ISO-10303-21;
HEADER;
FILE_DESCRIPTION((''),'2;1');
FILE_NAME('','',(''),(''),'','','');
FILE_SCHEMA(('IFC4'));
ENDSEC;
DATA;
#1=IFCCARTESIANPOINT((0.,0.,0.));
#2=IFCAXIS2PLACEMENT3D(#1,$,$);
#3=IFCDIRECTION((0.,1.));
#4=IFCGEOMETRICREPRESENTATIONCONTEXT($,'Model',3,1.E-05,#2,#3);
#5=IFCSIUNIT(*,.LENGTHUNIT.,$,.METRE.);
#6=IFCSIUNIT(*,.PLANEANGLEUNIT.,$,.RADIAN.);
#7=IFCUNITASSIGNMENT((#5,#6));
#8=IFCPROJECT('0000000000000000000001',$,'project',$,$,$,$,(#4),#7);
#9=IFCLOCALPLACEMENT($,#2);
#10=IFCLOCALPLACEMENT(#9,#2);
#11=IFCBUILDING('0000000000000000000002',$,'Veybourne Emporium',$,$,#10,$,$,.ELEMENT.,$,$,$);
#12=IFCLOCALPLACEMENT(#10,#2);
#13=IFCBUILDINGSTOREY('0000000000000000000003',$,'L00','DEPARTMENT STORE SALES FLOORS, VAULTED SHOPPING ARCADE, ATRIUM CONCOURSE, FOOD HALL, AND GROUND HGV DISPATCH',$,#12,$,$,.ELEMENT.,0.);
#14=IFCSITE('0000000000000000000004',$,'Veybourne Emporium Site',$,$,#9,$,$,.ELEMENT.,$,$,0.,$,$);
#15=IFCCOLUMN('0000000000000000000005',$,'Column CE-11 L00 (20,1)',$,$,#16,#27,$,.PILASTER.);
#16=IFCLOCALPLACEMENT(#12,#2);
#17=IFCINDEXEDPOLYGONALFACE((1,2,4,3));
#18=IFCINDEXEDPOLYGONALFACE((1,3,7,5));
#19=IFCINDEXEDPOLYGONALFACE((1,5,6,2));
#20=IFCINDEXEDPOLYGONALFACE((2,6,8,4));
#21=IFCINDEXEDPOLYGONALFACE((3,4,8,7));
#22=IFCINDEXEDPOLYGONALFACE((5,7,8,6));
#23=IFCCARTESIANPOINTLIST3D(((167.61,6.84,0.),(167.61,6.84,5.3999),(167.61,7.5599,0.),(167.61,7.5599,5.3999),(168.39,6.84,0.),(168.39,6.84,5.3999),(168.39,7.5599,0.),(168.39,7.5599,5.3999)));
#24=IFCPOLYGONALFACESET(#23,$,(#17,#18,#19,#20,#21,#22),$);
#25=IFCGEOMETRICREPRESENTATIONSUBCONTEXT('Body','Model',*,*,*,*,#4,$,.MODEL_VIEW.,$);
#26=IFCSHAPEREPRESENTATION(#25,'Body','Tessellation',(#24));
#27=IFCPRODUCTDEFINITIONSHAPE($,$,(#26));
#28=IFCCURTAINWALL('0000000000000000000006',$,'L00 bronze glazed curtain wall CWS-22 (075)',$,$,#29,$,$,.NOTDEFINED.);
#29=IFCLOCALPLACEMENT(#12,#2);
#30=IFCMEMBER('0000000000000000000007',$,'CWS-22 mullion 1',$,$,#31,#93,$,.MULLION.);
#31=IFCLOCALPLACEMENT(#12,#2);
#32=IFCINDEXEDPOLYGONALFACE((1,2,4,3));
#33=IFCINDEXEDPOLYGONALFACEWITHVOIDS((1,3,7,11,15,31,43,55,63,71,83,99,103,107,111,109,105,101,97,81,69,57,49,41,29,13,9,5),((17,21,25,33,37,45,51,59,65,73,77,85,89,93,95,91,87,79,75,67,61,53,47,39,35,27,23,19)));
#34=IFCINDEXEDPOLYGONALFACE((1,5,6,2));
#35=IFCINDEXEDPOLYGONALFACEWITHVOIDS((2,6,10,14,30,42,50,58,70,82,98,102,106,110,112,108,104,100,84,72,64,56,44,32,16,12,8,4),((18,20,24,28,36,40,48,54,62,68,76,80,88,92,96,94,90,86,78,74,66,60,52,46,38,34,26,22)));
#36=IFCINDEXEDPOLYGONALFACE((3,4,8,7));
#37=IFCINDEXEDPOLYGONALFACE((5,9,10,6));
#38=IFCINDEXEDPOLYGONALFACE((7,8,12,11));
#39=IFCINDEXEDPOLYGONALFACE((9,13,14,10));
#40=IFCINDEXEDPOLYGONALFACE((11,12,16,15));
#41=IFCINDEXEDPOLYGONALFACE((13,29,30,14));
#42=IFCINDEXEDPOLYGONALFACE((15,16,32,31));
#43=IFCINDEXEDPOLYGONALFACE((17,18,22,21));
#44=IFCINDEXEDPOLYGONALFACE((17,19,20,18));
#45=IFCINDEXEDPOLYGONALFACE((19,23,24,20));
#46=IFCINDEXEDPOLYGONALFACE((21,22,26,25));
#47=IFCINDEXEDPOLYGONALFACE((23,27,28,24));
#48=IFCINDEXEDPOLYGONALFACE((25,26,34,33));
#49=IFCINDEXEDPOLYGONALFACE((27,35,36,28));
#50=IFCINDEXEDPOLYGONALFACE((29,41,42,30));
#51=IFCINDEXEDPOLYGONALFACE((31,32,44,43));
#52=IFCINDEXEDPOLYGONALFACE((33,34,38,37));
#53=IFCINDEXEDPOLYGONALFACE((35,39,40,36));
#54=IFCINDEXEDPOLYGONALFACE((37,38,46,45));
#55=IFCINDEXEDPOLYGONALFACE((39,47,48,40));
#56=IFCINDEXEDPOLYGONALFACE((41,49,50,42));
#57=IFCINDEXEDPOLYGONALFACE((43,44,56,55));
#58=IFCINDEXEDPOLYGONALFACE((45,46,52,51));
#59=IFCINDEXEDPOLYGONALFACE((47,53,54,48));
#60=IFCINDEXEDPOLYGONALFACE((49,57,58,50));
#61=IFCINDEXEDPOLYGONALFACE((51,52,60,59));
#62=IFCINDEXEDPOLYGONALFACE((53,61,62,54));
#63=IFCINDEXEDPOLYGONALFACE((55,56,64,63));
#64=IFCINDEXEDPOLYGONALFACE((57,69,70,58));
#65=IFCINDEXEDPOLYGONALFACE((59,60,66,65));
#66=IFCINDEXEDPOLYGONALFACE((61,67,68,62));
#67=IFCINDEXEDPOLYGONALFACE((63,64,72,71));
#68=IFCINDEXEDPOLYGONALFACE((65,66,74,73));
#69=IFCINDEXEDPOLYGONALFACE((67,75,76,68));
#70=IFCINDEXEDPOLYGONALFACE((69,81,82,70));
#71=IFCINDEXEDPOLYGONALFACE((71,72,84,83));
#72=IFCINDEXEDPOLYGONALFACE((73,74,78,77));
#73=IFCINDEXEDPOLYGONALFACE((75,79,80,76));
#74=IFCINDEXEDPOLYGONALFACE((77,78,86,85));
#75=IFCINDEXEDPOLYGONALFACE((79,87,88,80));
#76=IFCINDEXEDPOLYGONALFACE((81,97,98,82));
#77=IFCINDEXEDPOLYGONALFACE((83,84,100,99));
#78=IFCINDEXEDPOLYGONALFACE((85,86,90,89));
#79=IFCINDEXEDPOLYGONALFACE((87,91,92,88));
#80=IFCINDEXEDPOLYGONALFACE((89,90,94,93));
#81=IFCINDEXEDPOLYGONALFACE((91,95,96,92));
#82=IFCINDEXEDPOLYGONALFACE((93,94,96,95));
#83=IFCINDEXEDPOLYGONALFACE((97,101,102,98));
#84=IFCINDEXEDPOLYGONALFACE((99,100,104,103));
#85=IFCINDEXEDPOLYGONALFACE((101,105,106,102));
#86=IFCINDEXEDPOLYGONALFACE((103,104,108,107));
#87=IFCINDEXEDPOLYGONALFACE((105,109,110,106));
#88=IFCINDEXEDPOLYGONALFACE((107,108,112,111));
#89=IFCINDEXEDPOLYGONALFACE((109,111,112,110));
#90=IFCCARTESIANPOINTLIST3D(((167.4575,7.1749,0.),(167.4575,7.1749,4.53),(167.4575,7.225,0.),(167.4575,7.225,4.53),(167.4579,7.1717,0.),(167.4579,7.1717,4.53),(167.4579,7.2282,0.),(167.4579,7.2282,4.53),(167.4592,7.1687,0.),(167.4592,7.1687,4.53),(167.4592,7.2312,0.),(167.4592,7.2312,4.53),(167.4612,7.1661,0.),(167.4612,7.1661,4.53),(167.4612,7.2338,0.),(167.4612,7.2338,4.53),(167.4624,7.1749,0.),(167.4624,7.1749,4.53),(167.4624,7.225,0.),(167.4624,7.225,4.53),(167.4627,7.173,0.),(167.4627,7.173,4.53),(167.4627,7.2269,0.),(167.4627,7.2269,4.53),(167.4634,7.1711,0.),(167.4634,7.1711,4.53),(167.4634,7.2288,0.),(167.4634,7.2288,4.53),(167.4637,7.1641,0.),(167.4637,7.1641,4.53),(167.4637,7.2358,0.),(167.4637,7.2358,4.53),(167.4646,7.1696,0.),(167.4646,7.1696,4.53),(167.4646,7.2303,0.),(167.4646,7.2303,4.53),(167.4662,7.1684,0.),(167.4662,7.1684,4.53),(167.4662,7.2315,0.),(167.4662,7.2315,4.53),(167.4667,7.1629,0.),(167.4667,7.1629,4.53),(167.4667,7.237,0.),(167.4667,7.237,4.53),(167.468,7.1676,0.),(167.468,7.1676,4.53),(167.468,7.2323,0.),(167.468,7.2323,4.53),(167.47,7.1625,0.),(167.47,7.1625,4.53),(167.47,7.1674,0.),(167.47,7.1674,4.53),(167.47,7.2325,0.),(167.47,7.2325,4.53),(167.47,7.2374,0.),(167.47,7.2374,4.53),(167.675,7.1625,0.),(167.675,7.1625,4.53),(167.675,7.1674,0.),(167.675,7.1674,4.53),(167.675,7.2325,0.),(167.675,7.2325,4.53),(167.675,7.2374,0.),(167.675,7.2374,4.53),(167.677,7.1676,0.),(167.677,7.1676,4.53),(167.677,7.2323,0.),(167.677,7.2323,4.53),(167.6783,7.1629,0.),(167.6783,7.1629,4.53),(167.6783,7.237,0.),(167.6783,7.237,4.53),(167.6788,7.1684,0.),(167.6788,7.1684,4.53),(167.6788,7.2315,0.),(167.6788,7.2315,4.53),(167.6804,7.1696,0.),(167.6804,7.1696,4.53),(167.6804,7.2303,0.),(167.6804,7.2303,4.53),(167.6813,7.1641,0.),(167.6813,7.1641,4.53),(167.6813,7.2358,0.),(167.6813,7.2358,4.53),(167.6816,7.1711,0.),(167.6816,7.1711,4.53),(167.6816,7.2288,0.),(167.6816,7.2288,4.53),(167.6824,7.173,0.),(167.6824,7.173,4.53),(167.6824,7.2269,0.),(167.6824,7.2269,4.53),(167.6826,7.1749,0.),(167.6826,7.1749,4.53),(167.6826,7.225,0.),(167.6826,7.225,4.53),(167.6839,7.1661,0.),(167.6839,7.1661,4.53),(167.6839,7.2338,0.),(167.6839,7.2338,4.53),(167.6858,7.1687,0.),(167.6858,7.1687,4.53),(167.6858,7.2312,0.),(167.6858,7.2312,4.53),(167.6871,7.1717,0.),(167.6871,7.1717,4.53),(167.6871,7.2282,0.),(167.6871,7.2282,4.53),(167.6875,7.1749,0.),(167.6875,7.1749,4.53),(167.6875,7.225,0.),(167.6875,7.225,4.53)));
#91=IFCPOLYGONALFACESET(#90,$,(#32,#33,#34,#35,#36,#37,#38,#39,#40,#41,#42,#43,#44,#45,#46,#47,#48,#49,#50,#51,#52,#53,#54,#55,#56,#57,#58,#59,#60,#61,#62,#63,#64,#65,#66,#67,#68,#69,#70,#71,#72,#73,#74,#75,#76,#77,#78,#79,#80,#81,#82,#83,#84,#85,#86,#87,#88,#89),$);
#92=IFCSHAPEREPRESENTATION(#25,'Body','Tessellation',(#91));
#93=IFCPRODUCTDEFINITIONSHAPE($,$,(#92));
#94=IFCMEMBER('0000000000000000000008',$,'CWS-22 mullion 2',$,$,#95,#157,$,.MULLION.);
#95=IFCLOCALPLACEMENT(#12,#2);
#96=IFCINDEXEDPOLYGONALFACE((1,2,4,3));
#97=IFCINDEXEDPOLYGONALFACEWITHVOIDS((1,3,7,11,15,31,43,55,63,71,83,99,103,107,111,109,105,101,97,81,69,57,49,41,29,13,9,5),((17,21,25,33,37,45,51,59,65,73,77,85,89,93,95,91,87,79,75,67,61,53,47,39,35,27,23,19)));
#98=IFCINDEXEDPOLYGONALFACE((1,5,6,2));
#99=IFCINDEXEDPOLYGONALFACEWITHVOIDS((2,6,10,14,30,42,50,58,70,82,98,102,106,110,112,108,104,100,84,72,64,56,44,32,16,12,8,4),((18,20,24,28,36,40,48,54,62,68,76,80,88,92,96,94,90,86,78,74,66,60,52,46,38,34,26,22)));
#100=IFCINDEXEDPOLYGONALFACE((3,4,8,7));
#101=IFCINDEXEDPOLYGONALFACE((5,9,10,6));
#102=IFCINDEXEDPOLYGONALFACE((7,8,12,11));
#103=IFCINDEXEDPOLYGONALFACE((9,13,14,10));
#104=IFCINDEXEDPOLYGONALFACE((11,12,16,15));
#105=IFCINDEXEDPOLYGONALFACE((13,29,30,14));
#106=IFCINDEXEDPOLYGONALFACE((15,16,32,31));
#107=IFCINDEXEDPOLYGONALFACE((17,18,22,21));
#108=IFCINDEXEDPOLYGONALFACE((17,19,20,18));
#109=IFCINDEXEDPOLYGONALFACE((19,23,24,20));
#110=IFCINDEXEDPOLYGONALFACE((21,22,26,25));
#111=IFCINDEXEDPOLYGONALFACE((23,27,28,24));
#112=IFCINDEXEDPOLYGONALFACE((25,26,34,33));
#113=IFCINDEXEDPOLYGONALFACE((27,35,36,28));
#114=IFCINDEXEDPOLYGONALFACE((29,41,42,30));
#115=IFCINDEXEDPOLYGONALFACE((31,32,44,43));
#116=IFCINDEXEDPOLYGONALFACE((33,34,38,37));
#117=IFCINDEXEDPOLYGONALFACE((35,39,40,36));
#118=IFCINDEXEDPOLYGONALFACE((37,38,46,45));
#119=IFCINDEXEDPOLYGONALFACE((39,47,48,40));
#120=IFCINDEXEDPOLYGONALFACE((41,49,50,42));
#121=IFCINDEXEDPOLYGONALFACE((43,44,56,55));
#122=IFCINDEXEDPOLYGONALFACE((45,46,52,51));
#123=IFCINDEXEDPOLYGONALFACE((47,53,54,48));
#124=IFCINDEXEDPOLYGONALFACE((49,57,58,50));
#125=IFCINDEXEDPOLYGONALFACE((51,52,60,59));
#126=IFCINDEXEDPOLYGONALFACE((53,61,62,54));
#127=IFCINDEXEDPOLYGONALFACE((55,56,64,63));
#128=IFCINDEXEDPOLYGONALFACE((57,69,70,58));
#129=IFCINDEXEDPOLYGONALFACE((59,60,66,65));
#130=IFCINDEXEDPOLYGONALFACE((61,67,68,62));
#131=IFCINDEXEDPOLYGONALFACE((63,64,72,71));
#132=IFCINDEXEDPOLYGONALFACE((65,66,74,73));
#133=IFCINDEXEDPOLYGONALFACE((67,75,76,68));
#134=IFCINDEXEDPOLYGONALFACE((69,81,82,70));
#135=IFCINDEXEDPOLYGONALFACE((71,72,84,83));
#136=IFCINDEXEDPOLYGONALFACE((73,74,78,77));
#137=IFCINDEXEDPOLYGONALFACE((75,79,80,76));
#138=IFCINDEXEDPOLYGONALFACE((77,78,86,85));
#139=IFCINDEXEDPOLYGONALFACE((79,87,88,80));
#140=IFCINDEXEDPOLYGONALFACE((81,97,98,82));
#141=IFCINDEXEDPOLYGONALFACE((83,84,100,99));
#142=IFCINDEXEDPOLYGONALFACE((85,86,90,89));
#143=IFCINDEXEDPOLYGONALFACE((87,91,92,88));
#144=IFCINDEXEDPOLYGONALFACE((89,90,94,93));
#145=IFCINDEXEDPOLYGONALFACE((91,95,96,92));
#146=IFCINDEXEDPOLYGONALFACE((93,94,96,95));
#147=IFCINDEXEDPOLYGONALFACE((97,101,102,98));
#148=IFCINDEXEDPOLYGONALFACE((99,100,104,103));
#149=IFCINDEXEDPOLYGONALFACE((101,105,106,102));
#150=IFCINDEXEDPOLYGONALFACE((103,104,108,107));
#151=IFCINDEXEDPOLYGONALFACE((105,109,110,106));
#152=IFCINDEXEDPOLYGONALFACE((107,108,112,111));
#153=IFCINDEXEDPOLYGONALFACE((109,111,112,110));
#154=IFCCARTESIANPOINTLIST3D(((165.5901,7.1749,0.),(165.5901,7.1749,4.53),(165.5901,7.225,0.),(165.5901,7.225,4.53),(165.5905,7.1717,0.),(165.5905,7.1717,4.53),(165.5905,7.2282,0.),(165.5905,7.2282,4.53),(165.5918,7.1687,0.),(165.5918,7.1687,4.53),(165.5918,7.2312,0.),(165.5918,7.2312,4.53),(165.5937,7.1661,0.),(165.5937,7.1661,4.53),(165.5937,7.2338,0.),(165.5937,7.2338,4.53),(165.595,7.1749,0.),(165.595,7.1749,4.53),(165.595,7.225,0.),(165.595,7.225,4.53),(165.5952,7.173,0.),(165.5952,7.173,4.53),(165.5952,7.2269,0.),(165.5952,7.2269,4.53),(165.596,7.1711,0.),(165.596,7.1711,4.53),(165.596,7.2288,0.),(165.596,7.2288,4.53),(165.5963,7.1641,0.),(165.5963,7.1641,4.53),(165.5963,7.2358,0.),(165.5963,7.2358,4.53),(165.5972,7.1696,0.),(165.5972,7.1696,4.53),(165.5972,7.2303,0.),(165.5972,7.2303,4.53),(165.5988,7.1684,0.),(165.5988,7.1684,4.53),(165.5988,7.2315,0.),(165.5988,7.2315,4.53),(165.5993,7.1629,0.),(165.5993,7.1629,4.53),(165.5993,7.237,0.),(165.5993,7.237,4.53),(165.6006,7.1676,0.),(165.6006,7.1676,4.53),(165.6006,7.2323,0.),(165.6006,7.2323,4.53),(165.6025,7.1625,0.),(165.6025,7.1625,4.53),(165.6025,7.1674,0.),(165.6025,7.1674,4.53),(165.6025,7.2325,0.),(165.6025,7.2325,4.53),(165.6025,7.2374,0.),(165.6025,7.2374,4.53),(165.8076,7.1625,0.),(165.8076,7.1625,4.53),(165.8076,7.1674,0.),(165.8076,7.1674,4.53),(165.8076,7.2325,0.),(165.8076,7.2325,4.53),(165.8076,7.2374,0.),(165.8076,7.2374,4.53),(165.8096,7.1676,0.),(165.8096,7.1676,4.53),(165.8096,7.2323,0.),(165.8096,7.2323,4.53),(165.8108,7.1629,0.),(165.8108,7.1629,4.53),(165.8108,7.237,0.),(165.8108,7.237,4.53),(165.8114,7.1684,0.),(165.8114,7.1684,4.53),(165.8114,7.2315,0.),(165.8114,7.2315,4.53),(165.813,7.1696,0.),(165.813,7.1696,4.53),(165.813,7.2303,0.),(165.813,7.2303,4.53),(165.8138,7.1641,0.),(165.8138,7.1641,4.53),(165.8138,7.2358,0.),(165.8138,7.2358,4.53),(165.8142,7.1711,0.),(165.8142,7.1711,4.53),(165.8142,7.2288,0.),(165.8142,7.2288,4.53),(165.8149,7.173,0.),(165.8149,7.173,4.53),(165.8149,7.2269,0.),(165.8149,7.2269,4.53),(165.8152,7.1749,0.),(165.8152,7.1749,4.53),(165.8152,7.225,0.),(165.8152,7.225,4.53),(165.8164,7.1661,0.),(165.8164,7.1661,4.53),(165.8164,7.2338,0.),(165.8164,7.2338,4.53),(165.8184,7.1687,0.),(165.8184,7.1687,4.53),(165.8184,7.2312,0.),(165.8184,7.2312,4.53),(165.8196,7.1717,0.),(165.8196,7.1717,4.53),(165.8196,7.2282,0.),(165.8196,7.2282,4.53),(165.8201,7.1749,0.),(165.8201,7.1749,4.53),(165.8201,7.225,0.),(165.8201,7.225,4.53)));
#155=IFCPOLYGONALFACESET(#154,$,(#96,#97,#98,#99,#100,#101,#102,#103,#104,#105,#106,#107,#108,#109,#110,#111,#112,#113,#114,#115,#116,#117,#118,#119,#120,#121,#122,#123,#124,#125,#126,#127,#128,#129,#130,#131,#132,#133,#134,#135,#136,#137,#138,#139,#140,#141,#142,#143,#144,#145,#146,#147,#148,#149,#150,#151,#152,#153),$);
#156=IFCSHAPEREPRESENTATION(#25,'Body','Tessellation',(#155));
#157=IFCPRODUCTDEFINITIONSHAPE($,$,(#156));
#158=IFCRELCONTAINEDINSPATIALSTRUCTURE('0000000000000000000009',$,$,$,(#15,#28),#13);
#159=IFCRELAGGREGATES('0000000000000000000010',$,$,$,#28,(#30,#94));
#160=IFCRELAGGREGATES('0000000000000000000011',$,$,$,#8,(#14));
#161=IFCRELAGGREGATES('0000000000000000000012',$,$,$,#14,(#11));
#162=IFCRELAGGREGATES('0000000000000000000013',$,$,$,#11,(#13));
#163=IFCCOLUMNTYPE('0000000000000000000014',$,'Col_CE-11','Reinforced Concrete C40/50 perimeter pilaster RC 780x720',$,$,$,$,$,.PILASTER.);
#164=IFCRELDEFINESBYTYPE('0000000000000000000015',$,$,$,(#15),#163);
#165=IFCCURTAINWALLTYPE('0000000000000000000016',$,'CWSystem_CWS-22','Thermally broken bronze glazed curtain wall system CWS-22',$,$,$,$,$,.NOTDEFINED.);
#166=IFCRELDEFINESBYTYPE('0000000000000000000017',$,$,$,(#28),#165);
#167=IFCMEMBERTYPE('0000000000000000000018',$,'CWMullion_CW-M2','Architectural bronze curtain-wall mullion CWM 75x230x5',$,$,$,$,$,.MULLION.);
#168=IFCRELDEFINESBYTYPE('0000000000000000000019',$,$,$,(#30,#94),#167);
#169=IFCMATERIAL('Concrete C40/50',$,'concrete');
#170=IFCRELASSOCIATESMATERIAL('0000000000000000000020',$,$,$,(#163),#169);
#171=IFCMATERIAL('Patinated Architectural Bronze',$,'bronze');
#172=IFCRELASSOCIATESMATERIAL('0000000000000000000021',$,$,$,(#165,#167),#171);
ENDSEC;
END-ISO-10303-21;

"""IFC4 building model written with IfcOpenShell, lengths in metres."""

from ifc_helpers import new_model, si_unit, direction, frame, origin, origin_2d, place, context, subcontext, project, spatial, rectangle, hollow_rectangle, extrude, material, material_profile, profile_set, type_object, element, aggregate, save


model = new_model("IFC4")

# Units and contexts
model_context = context("Model", 3, precision=1e-05, world=origin(), true_north=direction((0.0, 1.0)))
body_context = subcontext(model_context, "Body", "Model", "MODEL_VIEW")
ifc_project = project(units=[si_unit("LENGTHUNIT", "METRE"), si_unit("PLANEANGLEUNIT", "RADIAN")], contexts=[model_context])

# Site, building, storey
site_placement = place(None, origin())
site = spatial("IfcSite", under=ifc_project, at=site_placement, Name="Veybourne Emporium Site", CompositionType="ELEMENT", RefElevation=0.0)
building_placement = place(site_placement, origin())
building = spatial("IfcBuilding", under=site, at=building_placement, Name="Veybourne Emporium", CompositionType="ELEMENT")
storey_placement = place(building_placement, origin())
storey = spatial("IfcBuildingStorey", under=building, at=storey_placement, Name="L00", Description="DEPARTMENT STORE SALES FLOORS, VAULTED SHOPPING ARCADE, ATRIUM CONCOURSE, FOOD HALL, AND GROUND HGV DISPATCH", CompositionType="ELEMENT", Elevation=0.0)

# Column
ifc_material_1 = material(Name="Concrete C40/50", Category="concrete")
ifc_material_profile_1 = material_profile(ifc_material_1, rectangle(XDim=0.78, YDim=0.72, at=origin_2d()), Name="RC 780x720")
ifc_profile_set_1 = profile_set([ifc_material_profile_1], Name="Concrete C40/50")
column_type = type_object("IfcColumnType", Name="Col_CE-11", Description="Reinforced Concrete C40/50 perimeter pilaster RC 780x720", PredefinedType="PILASTER", material=ifc_profile_set_1)
column_placement = place(storey_placement, frame((168.0, 7.2, 0.0), z_axis=(0.0, 0.0, 1.0), x_axis=(1.0, 0.0, 0.0)))
element("IfcColumn", 1, at=column_placement, inside=storey, type_object=column_type, Name="Column CE-11 L00 (20,1)", PredefinedType="PILASTER", context=body_context, shape_type="SweptSolid", body=[
    extrude(rectangle(XDim=0.78, YDim=0.72, at=origin_2d()), origin(), (0.0, 0.0, 1.0), 5.3999),
])

# Curtain wall, members
ifc_material_2 = material(Name="Patinated Architectural Bronze", Category="bronze")
curtain_wall_type_1 = type_object("IfcCurtainWallType", Name="CWSystem_CWS-22", Description="Thermally broken bronze glazed curtain wall system CWS-22", PredefinedType="NOTDEFINED", material=ifc_material_2)
curtain_wall_1_placement = place(storey_placement, origin())
curtain_wall_1 = element("IfcCurtainWall", 2, at=curtain_wall_1_placement, inside=storey, type_object=curtain_wall_type_1, Name="L00 bronze glazed curtain wall CWS-22 (075)", PredefinedType="NOTDEFINED")
ifc_material_profile_2 = material_profile(ifc_material_2, hollow_rectangle(XDim=0.075, YDim=0.23, WallThickness=0.0049, InnerFilletRadius=0.0076, OuterFilletRadius=0.0125, at=origin_2d()), Name="CWM 75x230x5")
ifc_profile_set_2 = profile_set([ifc_material_profile_2], Name="Patinated Architectural Bronze")
member_type_1 = type_object("IfcMemberType", Name="CWMullion_CW-M2", Description="Architectural bronze curtain-wall mullion CWM 75x230x5", PredefinedType="MULLION", material=ifc_profile_set_2)
member_1_placement = place(storey_placement, frame((167.5725, 7.2, 0.0), z_axis=(0.0, 0.0, 1.0), x_axis=(0.0, -1.0, 0.0)))
member_1 = element("IfcMember", 3, at=member_1_placement, type_object=member_type_1, Name="CWS-22 mullion 1", PredefinedType="MULLION", context=body_context, shape_type="SweptSolid", body=[
    extrude(hollow_rectangle(XDim=0.075, YDim=0.23, WallThickness=0.0049, InnerFilletRadius=0.0076, OuterFilletRadius=0.0125, at=origin_2d()), origin(), (0.0, 0.0, 1.0), 4.53),
])
member_2_placement = place(storey_placement, frame((165.7051, 7.2, 0.0), z_axis=(0.0, 0.0, 1.0), x_axis=(0.0, -1.0, 0.0)))
member_2 = element("IfcMember", 4, at=member_2_placement, type_object=member_type_1, Name="CWS-22 mullion 2", PredefinedType="MULLION", context=body_context, shape_type="SweptSolid", body=[
    extrude(hollow_rectangle(XDim=0.075, YDim=0.23, WallThickness=0.0049, InnerFilletRadius=0.0076, OuterFilletRadius=0.0125, at=origin_2d()), origin(), (0.0, 0.0, 1.0), 4.53),
])

aggregate(curtain_wall_1, [member_1, member_2])

save(model, "model.ifc")
